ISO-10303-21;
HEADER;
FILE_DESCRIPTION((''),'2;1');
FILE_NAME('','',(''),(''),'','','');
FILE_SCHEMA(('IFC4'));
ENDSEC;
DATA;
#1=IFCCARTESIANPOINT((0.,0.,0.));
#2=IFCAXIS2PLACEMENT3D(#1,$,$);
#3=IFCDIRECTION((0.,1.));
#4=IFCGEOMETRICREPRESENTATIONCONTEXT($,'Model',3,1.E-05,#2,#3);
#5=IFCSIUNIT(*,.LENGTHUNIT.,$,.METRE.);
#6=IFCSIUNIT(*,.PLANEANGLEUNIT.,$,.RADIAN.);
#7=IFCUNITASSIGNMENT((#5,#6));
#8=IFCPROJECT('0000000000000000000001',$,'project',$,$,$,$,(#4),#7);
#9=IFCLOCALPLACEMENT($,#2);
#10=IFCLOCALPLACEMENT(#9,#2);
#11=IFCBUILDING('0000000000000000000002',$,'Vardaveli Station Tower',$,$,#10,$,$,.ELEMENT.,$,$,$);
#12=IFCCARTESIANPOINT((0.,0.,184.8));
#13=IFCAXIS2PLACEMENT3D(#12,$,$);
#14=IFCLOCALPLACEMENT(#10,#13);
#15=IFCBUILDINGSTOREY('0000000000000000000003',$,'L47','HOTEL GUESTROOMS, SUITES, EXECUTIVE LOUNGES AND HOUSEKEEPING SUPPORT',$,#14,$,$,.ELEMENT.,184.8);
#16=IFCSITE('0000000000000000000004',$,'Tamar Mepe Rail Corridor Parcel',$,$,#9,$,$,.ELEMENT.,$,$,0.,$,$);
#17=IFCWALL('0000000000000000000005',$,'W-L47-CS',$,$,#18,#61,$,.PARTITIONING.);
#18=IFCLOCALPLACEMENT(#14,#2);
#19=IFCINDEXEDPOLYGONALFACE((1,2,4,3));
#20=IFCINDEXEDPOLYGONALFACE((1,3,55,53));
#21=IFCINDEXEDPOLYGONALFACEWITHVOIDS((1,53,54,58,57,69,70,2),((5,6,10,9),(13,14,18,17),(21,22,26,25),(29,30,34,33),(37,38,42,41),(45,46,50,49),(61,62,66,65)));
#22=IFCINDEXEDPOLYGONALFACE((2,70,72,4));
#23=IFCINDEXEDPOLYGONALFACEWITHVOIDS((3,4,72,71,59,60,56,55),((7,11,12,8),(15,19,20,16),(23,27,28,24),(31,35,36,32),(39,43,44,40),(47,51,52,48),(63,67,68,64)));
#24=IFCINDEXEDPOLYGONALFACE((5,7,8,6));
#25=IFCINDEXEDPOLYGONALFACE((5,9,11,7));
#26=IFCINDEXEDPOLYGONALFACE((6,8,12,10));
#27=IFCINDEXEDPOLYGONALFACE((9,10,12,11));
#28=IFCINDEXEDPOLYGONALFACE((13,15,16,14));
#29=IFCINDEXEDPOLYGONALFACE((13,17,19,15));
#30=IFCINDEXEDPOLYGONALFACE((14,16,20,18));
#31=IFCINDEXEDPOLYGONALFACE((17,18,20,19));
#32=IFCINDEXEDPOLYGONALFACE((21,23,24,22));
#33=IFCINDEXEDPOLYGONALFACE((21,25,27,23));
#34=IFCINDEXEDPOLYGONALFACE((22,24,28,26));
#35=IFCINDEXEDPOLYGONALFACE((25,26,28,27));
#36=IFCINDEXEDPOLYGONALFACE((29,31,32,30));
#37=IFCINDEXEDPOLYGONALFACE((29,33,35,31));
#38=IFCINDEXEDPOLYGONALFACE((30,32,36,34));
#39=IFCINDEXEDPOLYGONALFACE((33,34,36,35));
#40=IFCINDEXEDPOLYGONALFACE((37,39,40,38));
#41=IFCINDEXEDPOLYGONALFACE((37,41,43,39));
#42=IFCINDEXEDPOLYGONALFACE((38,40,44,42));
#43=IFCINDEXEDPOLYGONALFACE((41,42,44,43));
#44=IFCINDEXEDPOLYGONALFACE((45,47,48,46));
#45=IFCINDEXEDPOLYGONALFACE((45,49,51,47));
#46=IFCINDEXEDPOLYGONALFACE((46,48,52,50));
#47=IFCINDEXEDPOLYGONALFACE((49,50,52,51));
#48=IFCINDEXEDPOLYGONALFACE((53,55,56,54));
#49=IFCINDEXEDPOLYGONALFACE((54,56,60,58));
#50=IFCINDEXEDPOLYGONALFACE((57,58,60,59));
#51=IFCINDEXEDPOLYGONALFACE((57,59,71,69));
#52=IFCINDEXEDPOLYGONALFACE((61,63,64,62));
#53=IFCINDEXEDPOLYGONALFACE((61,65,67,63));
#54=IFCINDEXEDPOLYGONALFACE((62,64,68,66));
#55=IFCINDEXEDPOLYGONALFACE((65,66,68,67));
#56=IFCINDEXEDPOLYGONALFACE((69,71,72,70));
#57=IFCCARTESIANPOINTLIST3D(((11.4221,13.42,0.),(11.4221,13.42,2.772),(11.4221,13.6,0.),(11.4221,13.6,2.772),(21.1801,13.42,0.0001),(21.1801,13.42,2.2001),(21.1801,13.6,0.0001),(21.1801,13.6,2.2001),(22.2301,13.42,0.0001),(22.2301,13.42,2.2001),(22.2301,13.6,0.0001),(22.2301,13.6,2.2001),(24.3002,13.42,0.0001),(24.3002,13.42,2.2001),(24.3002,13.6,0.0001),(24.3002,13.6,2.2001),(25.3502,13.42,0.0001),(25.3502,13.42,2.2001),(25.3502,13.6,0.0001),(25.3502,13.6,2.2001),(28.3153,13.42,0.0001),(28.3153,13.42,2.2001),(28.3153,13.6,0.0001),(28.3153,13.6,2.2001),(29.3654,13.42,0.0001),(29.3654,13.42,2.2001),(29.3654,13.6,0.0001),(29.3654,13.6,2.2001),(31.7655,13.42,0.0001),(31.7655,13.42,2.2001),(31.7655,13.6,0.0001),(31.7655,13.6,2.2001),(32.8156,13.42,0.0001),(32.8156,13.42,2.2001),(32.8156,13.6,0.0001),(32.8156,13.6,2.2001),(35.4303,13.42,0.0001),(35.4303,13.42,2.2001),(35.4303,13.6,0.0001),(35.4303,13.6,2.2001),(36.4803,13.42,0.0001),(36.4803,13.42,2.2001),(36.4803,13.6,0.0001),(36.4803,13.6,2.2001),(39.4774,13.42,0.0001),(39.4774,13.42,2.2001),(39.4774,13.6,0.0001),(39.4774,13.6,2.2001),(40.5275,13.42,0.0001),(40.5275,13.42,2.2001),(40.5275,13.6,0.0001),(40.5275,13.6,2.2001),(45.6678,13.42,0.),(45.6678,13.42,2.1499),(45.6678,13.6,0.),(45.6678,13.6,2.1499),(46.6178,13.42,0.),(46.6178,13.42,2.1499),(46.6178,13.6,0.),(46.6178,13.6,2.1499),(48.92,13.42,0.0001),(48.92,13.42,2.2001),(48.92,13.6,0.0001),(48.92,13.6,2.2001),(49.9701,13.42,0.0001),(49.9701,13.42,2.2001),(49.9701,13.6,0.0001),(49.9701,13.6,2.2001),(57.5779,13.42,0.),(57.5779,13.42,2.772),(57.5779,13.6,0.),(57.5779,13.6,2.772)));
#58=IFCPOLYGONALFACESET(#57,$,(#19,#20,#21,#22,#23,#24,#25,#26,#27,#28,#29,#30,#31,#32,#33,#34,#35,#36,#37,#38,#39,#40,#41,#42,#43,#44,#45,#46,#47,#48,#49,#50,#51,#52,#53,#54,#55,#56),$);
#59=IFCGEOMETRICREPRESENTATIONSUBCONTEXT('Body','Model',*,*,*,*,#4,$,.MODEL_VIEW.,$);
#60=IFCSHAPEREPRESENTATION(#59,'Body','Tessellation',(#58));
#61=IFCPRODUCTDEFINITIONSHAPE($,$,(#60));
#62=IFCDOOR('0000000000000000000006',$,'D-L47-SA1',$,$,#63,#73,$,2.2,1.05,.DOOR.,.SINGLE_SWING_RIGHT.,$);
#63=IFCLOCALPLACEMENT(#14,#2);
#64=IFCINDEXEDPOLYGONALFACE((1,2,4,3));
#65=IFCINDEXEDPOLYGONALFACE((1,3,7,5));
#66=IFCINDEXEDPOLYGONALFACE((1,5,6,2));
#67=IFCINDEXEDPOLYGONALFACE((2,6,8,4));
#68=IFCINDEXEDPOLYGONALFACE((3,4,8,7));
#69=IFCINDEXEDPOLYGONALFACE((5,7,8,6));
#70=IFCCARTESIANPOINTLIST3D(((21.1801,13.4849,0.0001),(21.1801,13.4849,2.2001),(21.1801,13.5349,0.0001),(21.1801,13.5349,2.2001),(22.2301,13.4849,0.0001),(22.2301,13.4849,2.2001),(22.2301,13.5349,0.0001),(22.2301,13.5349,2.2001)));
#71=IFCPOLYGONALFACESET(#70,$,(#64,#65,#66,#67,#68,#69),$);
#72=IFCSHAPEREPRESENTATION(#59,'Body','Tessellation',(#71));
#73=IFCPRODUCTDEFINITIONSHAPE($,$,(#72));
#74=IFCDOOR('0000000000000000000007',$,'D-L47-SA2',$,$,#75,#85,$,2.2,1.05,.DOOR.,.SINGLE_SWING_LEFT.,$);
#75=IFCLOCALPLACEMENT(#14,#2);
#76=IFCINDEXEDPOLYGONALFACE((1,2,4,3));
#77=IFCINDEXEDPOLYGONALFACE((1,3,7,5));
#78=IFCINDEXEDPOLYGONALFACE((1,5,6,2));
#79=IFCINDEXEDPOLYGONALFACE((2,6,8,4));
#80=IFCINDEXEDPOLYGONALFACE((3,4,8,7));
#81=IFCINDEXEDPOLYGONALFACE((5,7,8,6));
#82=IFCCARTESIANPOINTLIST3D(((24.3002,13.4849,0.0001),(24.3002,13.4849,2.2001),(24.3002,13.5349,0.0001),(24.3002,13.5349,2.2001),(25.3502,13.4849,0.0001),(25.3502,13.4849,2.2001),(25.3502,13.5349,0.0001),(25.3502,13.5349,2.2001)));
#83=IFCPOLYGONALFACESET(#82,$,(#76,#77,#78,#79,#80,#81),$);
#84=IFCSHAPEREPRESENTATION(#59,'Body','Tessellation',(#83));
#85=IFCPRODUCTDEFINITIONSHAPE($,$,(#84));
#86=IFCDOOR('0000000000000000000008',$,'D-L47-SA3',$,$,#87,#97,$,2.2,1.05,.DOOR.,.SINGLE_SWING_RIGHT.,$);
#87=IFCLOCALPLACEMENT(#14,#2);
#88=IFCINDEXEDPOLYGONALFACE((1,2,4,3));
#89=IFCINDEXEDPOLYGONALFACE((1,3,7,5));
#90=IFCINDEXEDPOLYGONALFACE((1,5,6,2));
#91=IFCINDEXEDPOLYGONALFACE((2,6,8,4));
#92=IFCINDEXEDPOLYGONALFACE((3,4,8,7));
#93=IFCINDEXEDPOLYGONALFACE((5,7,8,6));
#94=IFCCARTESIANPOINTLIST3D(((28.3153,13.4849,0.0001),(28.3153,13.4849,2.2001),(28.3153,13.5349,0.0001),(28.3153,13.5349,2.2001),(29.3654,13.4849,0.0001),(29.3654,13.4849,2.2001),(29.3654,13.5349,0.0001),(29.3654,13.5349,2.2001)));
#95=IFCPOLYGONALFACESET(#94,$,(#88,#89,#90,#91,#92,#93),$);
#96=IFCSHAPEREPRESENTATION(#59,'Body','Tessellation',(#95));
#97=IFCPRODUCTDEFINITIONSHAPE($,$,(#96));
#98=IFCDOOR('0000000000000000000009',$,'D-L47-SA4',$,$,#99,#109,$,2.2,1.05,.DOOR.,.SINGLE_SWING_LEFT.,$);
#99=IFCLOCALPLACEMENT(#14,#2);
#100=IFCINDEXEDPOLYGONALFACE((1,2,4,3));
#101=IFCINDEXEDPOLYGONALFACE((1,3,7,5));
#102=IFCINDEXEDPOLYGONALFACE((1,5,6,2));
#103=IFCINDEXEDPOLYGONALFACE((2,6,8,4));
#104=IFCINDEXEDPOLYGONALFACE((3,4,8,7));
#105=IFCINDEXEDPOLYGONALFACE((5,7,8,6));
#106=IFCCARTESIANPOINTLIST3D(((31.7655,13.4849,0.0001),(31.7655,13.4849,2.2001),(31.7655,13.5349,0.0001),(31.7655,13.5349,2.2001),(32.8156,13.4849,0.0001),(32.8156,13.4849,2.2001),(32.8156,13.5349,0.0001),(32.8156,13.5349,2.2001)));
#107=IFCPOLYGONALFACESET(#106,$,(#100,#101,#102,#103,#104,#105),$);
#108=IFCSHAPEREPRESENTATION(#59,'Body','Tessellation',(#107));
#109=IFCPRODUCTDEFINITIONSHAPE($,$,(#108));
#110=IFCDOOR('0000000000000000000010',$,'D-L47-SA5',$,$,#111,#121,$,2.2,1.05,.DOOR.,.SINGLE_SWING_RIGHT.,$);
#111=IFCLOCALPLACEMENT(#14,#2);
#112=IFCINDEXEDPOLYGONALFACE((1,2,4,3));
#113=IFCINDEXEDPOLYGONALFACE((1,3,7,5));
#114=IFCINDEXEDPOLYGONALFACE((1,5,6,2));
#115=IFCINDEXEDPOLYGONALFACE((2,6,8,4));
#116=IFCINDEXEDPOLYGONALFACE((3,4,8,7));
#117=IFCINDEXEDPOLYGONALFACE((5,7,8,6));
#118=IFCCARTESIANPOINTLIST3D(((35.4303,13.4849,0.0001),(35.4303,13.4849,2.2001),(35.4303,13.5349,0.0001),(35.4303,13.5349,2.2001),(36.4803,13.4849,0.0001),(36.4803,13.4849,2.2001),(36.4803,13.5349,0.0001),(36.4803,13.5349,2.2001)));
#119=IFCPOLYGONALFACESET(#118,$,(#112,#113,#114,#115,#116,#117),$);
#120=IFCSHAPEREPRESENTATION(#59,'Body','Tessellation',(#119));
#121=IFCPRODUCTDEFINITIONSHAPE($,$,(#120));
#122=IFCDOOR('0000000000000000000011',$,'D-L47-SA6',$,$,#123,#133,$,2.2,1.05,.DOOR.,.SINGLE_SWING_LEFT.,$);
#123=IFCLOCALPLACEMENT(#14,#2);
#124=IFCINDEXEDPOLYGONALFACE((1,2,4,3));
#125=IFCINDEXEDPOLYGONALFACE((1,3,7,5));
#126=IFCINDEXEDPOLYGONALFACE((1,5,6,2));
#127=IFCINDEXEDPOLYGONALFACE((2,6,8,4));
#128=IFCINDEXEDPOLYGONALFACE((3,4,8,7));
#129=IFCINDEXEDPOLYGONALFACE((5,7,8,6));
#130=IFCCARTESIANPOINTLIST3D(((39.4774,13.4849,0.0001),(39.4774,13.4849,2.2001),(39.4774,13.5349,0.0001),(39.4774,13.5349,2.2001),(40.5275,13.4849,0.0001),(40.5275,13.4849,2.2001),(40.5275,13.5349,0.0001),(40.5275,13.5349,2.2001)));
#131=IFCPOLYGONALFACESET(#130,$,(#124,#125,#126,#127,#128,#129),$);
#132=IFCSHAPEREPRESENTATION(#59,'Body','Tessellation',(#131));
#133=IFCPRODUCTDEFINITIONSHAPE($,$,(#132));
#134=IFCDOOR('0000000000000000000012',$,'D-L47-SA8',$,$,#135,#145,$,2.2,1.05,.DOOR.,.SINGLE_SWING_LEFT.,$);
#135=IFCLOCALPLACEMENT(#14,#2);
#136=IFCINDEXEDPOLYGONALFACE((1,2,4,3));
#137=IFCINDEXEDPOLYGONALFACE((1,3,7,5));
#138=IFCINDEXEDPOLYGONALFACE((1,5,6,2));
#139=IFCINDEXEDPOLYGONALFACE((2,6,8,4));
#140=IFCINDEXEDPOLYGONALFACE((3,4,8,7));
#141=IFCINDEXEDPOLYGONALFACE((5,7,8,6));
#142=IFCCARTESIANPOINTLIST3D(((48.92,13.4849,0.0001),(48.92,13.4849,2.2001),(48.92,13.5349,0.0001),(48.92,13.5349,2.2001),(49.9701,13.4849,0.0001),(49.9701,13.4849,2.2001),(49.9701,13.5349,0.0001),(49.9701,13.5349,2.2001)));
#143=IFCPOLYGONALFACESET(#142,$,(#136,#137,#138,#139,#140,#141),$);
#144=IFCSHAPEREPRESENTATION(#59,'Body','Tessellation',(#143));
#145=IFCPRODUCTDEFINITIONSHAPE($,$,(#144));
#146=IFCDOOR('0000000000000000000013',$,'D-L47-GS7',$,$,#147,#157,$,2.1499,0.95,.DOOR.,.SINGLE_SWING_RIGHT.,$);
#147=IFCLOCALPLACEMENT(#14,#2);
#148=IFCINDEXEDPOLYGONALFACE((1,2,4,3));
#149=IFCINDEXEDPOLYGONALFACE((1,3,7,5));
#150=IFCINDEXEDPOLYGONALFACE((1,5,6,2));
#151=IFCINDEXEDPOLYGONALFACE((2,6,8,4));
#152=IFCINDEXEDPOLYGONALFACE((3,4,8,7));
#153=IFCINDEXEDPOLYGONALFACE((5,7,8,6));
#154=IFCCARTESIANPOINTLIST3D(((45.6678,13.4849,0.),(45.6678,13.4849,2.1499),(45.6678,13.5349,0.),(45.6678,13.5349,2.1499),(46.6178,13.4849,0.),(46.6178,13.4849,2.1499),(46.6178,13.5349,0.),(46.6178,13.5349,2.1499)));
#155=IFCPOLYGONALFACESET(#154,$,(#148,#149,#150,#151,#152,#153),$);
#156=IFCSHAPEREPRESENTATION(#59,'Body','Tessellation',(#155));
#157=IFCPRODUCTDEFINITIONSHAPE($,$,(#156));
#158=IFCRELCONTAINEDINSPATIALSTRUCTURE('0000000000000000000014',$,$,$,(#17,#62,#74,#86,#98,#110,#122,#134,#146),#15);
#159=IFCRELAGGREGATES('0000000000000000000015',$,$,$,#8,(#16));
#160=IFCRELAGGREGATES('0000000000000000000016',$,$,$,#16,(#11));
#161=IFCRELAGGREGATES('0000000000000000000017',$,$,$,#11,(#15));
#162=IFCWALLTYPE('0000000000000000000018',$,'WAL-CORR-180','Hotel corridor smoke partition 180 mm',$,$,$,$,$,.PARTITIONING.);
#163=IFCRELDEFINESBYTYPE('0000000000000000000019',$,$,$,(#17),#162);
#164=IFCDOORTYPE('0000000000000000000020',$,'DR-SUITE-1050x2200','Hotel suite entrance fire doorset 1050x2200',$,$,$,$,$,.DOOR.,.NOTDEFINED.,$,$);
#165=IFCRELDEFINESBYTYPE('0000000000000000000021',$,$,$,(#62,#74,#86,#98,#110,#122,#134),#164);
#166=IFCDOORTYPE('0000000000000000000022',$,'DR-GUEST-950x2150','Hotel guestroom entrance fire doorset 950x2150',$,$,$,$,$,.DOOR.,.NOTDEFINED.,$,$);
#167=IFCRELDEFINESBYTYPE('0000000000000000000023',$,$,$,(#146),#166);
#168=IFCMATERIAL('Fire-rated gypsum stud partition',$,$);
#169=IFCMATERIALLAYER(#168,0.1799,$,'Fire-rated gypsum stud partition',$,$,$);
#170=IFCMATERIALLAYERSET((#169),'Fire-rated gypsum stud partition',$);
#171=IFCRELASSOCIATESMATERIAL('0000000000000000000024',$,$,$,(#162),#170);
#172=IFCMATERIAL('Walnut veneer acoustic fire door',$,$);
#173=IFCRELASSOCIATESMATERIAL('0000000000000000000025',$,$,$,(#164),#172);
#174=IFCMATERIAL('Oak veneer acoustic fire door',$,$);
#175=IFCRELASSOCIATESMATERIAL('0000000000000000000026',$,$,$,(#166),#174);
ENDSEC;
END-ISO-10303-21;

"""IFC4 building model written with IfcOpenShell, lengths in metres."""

from ifc_helpers import new_model, si_unit, direction, frame, frame_2d, origin, place, context, subcontext, project, spatial, rectangle, extrude, source, transform, mapped, material, layer, layer_set, type_object, element, fill, save


model = new_model("IFC4")

# Units and contexts
model_context = context("Model", 3, precision=1e-05, world=origin(), true_north=direction((0.0, 1.0)))
body_context = subcontext(model_context, "Body", "Model", "MODEL_VIEW")
ifc_project = project(units=[si_unit("LENGTHUNIT", "METRE"), si_unit("PLANEANGLEUNIT", "RADIAN")], contexts=[model_context])

# Site, building, storey
site_placement = place(None, origin())
site = spatial("IfcSite", under=ifc_project, at=site_placement, Name="Tamar Mepe Rail Corridor Parcel", CompositionType="ELEMENT", RefElevation=0.0)
building_placement = place(site_placement, origin())
building = spatial("IfcBuilding", under=site, at=building_placement, Name="Vardaveli Station Tower", CompositionType="ELEMENT")
storey_placement = place(building_placement, frame((0.0, 0.0, 184.8)))
storey = spatial("IfcBuildingStorey", under=building, at=storey_placement, Name="L47", Description="HOTEL GUESTROOMS, SUITES, EXECUTIVE LOUNGES AND HOUSEKEEPING SUPPORT", CompositionType="ELEMENT", Elevation=184.8)

# Wall, openings, doors
ifc_material_1 = material(Name="Fire-rated gypsum stud partition")
ifc_layer_1 = layer(ifc_material_1, 0.1799, Name="Fire-rated gypsum stud partition")
ifc_layer_set_1 = layer_set([ifc_layer_1], Name="Fire-rated gypsum stud partition")
wall_type_1 = type_object("IfcWallType", Name="WAL-CORR-180", Description="Hotel corridor smoke partition 180 mm", PredefinedType="PARTITIONING", material=ifc_layer_set_1)
shared_shape_1 = source(origin(), body_context, "Body", "SweptSolid", [
    extrude(rectangle(XDim=46.1558, YDim=0.1799, at=frame_2d((23.0779, 0.0))), origin(), (0.0, 0.0, 1.0), 2.772),
])
wall_1_placement = place(storey_placement, frame((11.4221, 13.51, 0.0), z_axis=(0.0, 0.0, 1.0), x_axis=(1.0, 0.0, 0.0)))
wall_1 = element("IfcWall", 1, at=wall_1_placement, inside=storey, type_object=wall_type_1, Name="W-L47-CS", PredefinedType="PARTITIONING", context=body_context, shape_type="MappedRepresentation", body=[
    mapped(shared_shape_1, transform((0.0, 0.0, 0.0), scale=1.0)),
])
shared_shape_2 = source(origin(), body_context, "Body", "SweptSolid", [
    extrude(rectangle(XDim=1.05, YDim=2.2, at=frame_2d((0.5249, 1.1001))), frame((0.0, 0.1001, 0.0), z_axis=(0.0, -1.0, 0.0), x_axis=(1.0, 0.0, 0.0)), (0.0, 0.0, 1.0), 0.2),
])
opening_1_placement = place(wall_1_placement, frame((9.7581, 0.0, 0.0)))
opening_1 = element("IfcOpeningElement", 2, at=opening_1_placement, cuts=wall_1, PredefinedType="OPENING", context=body_context, shape_type="MappedRepresentation", body=[
    mapped(shared_shape_2, transform((0.0, 0.0, 0.0), scale=1.0)),
])
opening_2_placement = place(wall_1_placement, frame((12.8782, 0.0, 0.0)))
opening_2 = element("IfcOpeningElement", 3, at=opening_2_placement, cuts=wall_1, PredefinedType="OPENING", context=body_context, shape_type="MappedRepresentation", body=[
    mapped(shared_shape_2, transform((0.0, 0.0, 0.0), scale=1.0)),
])
opening_3_placement = place(wall_1_placement, frame((16.8933, 0.0, 0.0)))
opening_3 = element("IfcOpeningElement", 4, at=opening_3_placement, cuts=wall_1, PredefinedType="OPENING", context=body_context, shape_type="MappedRepresentation", body=[
    mapped(shared_shape_2, transform((0.0, 0.0, 0.0), scale=1.0)),
])
opening_4_placement = place(wall_1_placement, frame((20.3435, 0.0, 0.0)))
opening_4 = element("IfcOpeningElement", 5, at=opening_4_placement, cuts=wall_1, PredefinedType="OPENING", context=body_context, shape_type="MappedRepresentation", body=[
    mapped(shared_shape_2, transform((0.0, 0.0, 0.0), scale=1.0)),
])
opening_5_placement = place(wall_1_placement, frame((24.0083, 0.0, 0.0)))
opening_5 = element("IfcOpeningElement", 6, at=opening_5_placement, cuts=wall_1, PredefinedType="OPENING", context=body_context, shape_type="MappedRepresentation", body=[
    mapped(shared_shape_2, transform((0.0, 0.0, 0.0), scale=1.0)),
])
opening_6_placement = place(wall_1_placement, frame((28.0554, 0.0, 0.0)))
opening_6 = element("IfcOpeningElement", 7, at=opening_6_placement, cuts=wall_1, PredefinedType="OPENING", context=body_context, shape_type="MappedRepresentation", body=[
    mapped(shared_shape_2, transform((0.0, 0.0, 0.0), scale=1.0)),
])
shared_shape_3 = source(origin(), body_context, "Body", "SweptSolid", [
    extrude(rectangle(XDim=0.95, YDim=2.1499, at=frame_2d((0.4751, 1.075))), frame((0.0, 0.1001, 0.0), z_axis=(0.0, -1.0, 0.0), x_axis=(1.0, 0.0, 0.0)), (0.0, 0.0, 1.0), 0.2),
])
opening_7_placement = place(wall_1_placement, frame((34.2456, 0.0, 0.0)))
opening_7 = element("IfcOpeningElement", 8, at=opening_7_placement, cuts=wall_1, PredefinedType="OPENING", context=body_context, shape_type="MappedRepresentation", body=[
    mapped(shared_shape_3, transform((0.0, 0.0, 0.0), scale=1.0)),
])
opening_8_placement = place(wall_1_placement, frame((37.498, 0.0, 0.0)))
opening_8 = element("IfcOpeningElement", 9, at=opening_8_placement, cuts=wall_1, PredefinedType="OPENING", context=body_context, shape_type="MappedRepresentation", body=[
    mapped(shared_shape_2, transform((0.0, 0.0, 0.0), scale=1.0)),
])
ifc_material_2 = material(Name="Walnut veneer acoustic fire door")
door_type_1 = type_object("IfcDoorType", Name="DR-SUITE-1050x2200", Description="Hotel suite entrance fire doorset 1050x2200", OperationType="NOTDEFINED", PredefinedType="DOOR", material=ifc_material_2)
shared_shape_4 = source(origin(), body_context, "Body", "SweptSolid", [
    extrude(rectangle(XDim=1.05, YDim=2.2, at=frame_2d((0.5249, 1.1001))), frame((0.0, 0.0249, 0.0), z_axis=(0.0, -1.0, 0.0), x_axis=(1.0, 0.0, 0.0)), (0.0, 0.0, 1.0), 0.05),
])
door_1_placement = place(opening_1_placement, origin())
door_1 = element("IfcDoor", 10, at=door_1_placement, inside=storey, type_object=door_type_1, Name="D-L47-SA1", OperationType="SINGLE_SWING_RIGHT", OverallHeight=2.2, OverallWidth=1.05, PredefinedType="DOOR", context=body_context, shape_type="MappedRepresentation", body=[
    mapped(shared_shape_4, transform((0.0, 0.0, 0.0), scale=1.0)),
])
fill(opening_1, door_1)
door_2_placement = place(opening_2_placement, origin())
door_2 = element("IfcDoor", 11, at=door_2_placement, inside=storey, type_object=door_type_1, Name="D-L47-SA2", OperationType="SINGLE_SWING_LEFT", OverallHeight=2.2, OverallWidth=1.05, PredefinedType="DOOR", context=body_context, shape_type="MappedRepresentation", body=[
    mapped(shared_shape_4, transform((0.0, 0.0, 0.0), scale=1.0)),
])
fill(opening_2, door_2)
door_3_placement = place(opening_3_placement, origin())
door_3 = element("IfcDoor", 12, at=door_3_placement, inside=storey, type_object=door_type_1, Name="D-L47-SA3", OperationType="SINGLE_SWING_RIGHT", OverallHeight=2.2, OverallWidth=1.05, PredefinedType="DOOR", context=body_context, shape_type="MappedRepresentation", body=[
    mapped(shared_shape_4, transform((0.0, 0.0, 0.0), scale=1.0)),
])
fill(opening_3, door_3)
door_4_placement = place(opening_4_placement, origin())
door_4 = element("IfcDoor", 13, at=door_4_placement, inside=storey, type_object=door_type_1, Name="D-L47-SA4", OperationType="SINGLE_SWING_LEFT", OverallHeight=2.2, OverallWidth=1.05, PredefinedType="DOOR", context=body_context, shape_type="MappedRepresentation", body=[
    mapped(shared_shape_4, transform((0.0, 0.0, 0.0), scale=1.0)),
])
fill(opening_4, door_4)
door_5_placement = place(opening_5_placement, origin())
door_5 = element("IfcDoor", 14, at=door_5_placement, inside=storey, type_object=door_type_1, Name="D-L47-SA5", OperationType="SINGLE_SWING_RIGHT", OverallHeight=2.2, OverallWidth=1.05, PredefinedType="DOOR", context=body_context, shape_type="MappedRepresentation", body=[
    mapped(shared_shape_4, transform((0.0, 0.0, 0.0), scale=1.0)),
])
fill(opening_5, door_5)
door_6_placement = place(opening_6_placement, origin())
door_6 = element("IfcDoor", 15, at=door_6_placement, inside=storey, type_object=door_type_1, Name="D-L47-SA6", OperationType="SINGLE_SWING_LEFT", OverallHeight=2.2, OverallWidth=1.05, PredefinedType="DOOR", context=body_context, shape_type="MappedRepresentation", body=[
    mapped(shared_shape_4, transform((0.0, 0.0, 0.0), scale=1.0)),
])
fill(opening_6, door_6)
door_7_placement = place(opening_8_placement, origin())
door_7 = element("IfcDoor", 16, at=door_7_placement, inside=storey, type_object=door_type_1, Name="D-L47-SA8", OperationType="SINGLE_SWING_LEFT", OverallHeight=2.2, OverallWidth=1.05, PredefinedType="DOOR", context=body_context, shape_type="MappedRepresentation", body=[
    mapped(shared_shape_4, transform((0.0, 0.0, 0.0), scale=1.0)),
])
fill(opening_8, door_7)
ifc_material_3 = material(Name="Oak veneer acoustic fire door")
door_type_2 = type_object("IfcDoorType", Name="DR-GUEST-950x2150", Description="Hotel guestroom entrance fire doorset 950x2150", OperationType="NOTDEFINED", PredefinedType="DOOR", material=ifc_material_3)
shared_shape_5 = source(origin(), body_context, "Body", "SweptSolid", [
    extrude(rectangle(XDim=0.95, YDim=2.1499, at=frame_2d((0.4751, 1.075))), frame((0.0, 0.0249, 0.0), z_axis=(0.0, -1.0, 0.0), x_axis=(1.0, 0.0, 0.0)), (0.0, 0.0, 1.0), 0.05),
])
door_8_placement = place(opening_7_placement, origin())
door_8 = element("IfcDoor", 17, at=door_8_placement, inside=storey, type_object=door_type_2, Name="D-L47-GS7", OperationType="SINGLE_SWING_RIGHT", OverallHeight=2.1499, OverallWidth=0.95, PredefinedType="DOOR", context=body_context, shape_type="MappedRepresentation", body=[
    mapped(shared_shape_5, transform((0.0, 0.0, 0.0), scale=1.0)),
])
fill(opening_7, door_8)

save(model, "model.ifc")
